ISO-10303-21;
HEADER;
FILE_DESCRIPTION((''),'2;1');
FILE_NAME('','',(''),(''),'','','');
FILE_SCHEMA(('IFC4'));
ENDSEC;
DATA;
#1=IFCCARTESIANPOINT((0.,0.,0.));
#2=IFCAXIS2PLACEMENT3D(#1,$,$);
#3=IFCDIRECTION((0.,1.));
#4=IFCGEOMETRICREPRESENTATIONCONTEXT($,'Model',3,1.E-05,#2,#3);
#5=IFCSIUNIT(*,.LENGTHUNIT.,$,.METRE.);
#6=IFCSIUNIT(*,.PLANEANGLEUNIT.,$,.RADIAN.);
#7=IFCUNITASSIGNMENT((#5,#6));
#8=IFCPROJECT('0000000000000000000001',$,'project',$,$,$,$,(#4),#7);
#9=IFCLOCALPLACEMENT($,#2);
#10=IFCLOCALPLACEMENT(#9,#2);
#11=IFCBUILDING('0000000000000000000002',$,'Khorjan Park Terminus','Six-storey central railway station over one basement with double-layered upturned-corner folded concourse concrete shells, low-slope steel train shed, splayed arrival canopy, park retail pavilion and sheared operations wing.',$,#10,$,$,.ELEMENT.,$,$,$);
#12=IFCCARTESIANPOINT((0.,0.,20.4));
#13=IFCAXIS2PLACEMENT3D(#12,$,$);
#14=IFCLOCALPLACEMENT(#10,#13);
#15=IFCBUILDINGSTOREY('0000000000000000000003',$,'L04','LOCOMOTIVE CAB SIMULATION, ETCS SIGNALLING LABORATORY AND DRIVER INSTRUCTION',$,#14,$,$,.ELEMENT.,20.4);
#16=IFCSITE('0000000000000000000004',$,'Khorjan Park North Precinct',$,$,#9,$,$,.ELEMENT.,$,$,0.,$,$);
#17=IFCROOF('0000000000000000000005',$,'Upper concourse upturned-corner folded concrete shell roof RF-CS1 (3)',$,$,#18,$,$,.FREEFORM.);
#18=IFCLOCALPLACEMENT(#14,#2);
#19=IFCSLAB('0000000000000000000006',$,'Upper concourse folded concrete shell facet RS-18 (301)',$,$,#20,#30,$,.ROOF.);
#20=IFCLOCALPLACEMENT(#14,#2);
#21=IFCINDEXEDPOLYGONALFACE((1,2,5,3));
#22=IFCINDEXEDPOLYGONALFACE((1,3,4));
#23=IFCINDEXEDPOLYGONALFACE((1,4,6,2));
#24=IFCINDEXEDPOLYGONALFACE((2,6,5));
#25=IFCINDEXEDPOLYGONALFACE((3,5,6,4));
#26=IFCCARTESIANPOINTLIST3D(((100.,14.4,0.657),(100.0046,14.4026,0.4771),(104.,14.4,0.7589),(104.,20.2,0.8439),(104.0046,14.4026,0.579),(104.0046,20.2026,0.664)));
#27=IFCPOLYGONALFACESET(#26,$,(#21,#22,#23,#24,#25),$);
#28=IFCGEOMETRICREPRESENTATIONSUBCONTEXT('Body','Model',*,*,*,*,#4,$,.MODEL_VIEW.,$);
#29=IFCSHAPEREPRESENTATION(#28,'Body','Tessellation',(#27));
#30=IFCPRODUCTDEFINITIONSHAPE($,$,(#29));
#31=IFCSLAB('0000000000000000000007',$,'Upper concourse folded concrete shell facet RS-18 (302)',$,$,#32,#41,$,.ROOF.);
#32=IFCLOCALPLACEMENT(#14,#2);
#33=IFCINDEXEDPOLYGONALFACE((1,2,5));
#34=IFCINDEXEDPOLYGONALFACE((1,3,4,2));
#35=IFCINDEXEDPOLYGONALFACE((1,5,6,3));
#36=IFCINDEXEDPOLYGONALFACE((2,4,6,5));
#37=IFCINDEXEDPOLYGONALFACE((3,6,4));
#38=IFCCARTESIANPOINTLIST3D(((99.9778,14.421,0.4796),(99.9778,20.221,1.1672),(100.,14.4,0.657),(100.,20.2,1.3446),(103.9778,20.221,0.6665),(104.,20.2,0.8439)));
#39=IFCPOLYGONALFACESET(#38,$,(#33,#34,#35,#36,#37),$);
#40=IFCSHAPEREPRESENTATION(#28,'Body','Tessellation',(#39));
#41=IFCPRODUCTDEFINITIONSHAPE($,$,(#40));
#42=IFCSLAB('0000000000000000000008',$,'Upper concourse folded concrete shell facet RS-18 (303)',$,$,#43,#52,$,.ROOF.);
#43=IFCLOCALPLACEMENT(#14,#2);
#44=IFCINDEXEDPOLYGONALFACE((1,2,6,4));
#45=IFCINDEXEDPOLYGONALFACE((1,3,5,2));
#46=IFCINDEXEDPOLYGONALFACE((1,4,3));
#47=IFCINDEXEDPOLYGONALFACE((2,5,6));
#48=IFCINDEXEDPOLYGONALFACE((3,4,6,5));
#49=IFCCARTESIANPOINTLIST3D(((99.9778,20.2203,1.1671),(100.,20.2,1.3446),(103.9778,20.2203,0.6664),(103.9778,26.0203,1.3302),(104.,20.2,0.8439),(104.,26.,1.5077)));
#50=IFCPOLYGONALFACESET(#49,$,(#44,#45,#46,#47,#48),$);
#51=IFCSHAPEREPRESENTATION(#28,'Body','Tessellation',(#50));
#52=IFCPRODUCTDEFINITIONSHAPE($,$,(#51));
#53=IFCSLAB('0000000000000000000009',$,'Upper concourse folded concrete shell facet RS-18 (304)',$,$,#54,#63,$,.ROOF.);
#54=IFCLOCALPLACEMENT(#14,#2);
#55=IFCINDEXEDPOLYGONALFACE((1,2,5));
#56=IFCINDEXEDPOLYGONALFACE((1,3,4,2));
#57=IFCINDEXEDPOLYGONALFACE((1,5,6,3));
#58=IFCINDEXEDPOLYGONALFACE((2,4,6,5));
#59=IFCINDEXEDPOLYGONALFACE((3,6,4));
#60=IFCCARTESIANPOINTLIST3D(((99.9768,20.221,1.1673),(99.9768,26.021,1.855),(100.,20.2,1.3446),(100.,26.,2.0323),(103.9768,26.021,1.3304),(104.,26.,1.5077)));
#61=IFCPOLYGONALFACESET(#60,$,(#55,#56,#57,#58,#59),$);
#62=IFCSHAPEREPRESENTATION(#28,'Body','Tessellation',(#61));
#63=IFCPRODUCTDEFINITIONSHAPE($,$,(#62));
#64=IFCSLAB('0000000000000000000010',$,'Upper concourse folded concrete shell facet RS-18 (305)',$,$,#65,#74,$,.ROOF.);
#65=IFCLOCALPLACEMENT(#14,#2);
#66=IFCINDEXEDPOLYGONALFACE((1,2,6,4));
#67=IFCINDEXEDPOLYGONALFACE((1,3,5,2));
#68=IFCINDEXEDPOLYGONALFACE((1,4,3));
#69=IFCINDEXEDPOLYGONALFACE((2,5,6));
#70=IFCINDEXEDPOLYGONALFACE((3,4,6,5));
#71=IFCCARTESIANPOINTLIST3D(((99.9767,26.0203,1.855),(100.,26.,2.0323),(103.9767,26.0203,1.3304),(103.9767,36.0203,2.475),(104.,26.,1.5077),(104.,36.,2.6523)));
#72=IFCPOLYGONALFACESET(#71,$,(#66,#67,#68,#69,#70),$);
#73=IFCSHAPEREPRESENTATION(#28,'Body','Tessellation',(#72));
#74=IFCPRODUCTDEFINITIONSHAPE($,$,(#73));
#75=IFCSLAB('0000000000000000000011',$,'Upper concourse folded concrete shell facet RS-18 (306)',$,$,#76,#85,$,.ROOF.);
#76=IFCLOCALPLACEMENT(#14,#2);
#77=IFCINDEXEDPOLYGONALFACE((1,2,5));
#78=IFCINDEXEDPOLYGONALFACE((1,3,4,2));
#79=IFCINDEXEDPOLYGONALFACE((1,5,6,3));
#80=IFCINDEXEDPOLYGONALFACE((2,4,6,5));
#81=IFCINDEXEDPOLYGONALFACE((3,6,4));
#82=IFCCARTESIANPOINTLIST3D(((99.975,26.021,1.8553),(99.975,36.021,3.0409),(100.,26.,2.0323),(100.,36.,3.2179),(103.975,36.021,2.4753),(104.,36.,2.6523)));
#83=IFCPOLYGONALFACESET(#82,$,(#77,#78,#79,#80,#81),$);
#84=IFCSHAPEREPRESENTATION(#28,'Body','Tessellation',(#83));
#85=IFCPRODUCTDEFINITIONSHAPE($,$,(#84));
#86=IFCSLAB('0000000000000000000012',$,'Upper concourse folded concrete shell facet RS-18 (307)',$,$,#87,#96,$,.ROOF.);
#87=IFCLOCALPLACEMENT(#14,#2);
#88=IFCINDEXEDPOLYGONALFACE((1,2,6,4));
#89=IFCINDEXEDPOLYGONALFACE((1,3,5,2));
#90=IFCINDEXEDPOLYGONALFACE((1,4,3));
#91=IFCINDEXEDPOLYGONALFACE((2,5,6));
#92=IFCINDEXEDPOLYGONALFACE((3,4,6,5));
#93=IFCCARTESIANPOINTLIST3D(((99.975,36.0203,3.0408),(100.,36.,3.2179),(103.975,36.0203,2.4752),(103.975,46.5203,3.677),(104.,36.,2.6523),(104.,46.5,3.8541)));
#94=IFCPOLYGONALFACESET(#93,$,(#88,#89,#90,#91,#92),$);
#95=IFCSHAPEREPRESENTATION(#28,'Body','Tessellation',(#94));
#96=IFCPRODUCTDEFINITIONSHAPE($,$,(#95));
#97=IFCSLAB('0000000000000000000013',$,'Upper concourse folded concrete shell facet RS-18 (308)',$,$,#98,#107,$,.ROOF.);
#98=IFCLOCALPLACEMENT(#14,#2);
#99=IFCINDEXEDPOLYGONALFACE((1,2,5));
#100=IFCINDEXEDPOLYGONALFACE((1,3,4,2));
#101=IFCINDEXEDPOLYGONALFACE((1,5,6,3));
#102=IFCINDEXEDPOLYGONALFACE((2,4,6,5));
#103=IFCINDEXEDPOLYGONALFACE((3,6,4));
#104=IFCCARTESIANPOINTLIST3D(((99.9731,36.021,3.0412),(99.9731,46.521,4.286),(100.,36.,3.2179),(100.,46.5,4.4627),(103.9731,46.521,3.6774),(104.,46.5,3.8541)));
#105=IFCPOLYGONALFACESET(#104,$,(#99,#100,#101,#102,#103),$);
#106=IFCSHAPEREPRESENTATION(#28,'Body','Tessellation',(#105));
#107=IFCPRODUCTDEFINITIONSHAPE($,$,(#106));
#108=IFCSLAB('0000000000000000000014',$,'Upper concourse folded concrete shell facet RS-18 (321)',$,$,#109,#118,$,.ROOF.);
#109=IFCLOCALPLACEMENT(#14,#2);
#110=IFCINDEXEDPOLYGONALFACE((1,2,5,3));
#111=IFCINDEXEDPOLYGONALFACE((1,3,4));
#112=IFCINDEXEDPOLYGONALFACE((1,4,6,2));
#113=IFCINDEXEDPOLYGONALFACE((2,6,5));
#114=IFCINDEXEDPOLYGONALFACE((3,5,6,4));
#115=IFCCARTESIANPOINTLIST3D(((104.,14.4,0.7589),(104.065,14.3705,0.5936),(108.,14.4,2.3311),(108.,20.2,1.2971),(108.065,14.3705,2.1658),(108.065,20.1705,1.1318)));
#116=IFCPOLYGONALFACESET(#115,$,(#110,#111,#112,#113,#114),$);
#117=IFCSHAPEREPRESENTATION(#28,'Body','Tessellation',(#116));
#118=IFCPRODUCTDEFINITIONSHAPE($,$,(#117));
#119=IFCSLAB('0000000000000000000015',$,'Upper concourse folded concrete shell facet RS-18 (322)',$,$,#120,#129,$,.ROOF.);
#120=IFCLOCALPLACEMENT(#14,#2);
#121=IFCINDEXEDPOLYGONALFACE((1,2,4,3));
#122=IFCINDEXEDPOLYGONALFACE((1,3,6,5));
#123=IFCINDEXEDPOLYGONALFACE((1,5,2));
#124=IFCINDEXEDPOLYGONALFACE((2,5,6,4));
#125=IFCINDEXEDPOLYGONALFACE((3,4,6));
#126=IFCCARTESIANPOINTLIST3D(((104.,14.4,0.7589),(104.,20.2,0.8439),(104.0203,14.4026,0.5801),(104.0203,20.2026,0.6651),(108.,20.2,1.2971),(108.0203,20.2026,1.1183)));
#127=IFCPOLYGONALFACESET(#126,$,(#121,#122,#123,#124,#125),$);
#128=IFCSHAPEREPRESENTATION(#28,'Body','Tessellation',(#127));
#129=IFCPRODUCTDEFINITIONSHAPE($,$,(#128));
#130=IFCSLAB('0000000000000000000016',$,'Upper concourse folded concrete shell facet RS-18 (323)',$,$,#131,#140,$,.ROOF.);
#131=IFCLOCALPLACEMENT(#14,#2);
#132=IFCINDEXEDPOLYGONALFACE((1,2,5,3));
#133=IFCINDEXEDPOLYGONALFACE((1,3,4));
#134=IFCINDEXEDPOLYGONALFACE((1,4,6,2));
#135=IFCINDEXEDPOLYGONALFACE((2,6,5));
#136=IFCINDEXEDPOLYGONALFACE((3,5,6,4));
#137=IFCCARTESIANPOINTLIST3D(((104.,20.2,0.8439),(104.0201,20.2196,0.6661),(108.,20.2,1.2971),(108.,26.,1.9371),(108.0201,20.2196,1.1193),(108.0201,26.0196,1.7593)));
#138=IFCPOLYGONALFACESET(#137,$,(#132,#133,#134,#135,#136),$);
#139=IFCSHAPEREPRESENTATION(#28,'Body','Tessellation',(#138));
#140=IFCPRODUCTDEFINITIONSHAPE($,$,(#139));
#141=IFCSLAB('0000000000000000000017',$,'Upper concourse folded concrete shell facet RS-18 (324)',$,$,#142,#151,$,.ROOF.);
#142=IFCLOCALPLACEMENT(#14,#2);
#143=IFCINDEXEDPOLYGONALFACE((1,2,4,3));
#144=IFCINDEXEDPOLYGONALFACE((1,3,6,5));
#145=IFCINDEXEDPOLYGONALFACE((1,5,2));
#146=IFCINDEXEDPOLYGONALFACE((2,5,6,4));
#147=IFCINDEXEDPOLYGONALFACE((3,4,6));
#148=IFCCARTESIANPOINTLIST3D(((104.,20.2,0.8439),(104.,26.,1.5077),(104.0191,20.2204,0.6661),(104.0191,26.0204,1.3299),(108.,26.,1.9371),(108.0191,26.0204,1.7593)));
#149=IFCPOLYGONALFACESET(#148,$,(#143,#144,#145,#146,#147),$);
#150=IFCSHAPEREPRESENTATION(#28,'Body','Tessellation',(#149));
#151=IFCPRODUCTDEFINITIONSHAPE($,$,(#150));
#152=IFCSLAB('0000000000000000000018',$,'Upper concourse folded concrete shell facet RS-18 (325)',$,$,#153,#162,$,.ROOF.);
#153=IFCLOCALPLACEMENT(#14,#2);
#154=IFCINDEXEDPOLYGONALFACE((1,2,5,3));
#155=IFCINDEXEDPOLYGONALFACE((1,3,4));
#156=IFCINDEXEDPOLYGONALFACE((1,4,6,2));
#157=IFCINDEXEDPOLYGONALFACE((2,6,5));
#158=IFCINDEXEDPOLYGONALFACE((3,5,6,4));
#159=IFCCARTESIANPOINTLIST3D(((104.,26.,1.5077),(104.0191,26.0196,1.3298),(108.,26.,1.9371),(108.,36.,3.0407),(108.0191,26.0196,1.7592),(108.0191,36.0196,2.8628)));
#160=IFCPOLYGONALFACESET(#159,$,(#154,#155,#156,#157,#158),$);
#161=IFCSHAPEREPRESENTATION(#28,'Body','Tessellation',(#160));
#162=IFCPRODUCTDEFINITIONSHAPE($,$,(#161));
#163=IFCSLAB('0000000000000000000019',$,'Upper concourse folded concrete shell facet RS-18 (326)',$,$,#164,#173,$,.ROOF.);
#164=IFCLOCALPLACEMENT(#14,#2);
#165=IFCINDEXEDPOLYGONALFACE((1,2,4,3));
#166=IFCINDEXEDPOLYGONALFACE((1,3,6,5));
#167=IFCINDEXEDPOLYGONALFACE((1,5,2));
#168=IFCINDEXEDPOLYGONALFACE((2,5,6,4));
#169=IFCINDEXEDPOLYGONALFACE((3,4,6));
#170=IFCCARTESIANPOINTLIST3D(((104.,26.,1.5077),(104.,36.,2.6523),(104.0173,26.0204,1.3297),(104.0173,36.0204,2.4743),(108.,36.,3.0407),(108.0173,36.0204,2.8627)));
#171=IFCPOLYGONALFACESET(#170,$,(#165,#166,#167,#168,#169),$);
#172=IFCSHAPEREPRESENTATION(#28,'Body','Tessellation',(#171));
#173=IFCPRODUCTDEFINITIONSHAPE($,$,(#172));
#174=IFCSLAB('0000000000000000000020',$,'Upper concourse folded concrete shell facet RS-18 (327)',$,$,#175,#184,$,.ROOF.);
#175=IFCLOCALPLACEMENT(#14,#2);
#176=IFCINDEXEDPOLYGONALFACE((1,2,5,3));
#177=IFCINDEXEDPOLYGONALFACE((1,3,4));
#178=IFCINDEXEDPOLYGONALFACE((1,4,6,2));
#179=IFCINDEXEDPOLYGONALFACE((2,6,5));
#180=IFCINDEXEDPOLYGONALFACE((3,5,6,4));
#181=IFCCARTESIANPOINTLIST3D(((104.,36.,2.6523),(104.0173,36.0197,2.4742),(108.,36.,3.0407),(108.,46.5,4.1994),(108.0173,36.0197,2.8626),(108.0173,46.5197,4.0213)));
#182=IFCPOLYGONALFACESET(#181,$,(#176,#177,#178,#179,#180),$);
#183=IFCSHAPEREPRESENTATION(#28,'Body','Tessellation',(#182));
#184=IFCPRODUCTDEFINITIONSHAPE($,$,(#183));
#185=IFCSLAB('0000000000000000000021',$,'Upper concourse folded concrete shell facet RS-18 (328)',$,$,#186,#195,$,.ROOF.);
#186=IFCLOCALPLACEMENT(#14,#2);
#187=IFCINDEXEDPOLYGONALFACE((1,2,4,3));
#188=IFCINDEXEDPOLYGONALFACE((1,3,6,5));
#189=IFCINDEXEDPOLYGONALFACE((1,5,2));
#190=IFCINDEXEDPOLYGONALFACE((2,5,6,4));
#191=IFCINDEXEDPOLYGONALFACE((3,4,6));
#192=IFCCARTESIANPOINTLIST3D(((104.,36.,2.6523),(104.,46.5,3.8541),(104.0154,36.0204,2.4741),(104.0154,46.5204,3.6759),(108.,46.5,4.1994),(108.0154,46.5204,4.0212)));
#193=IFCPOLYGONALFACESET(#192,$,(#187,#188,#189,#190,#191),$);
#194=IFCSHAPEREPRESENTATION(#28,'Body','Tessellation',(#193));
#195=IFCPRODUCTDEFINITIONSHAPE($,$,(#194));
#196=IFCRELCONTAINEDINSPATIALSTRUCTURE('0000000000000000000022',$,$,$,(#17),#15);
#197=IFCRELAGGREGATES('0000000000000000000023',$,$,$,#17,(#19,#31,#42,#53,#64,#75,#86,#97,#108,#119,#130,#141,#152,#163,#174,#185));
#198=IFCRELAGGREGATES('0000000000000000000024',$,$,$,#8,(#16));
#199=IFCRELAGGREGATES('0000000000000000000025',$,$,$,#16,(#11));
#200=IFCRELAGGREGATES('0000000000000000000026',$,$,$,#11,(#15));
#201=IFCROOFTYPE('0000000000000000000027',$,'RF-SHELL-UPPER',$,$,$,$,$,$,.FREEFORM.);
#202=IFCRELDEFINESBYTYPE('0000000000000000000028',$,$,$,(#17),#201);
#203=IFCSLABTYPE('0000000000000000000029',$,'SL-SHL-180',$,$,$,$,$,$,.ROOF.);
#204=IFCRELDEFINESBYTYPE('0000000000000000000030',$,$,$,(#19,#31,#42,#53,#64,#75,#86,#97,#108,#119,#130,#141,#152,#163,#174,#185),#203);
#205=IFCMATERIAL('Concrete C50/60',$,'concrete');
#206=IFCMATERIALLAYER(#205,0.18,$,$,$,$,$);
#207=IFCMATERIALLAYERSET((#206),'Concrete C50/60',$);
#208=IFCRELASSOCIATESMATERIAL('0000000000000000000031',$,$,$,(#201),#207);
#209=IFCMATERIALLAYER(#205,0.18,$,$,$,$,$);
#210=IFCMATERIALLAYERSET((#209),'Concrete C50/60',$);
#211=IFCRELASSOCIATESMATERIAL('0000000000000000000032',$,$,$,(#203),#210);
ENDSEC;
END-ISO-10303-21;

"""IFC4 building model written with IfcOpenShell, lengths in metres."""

from ifc_helpers import new_model, si_unit, direction, frame, origin, place, context, subcontext, project, spatial, polyline, outline, extrude, material, layer, layer_set, type_object, element, aggregate, save


model = new_model("IFC4")

# Units and contexts
model_context = context("Model", 3, precision=1e-05, world=origin(), true_north=direction((0.0, 1.0)))
body_context = subcontext(model_context, "Body", "Model", "MODEL_VIEW")
ifc_project = project(units=[si_unit("LENGTHUNIT", "METRE"), si_unit("PLANEANGLEUNIT", "RADIAN")], contexts=[model_context])

# Site, building, storey
site_placement = place(None, origin())
site = spatial("IfcSite", under=ifc_project, at=site_placement, Name="Khorjan Park North Precinct", CompositionType="ELEMENT", RefElevation=0.0)
building_placement = place(site_placement, origin())
building = spatial("IfcBuilding", under=site, at=building_placement, Name="Khorjan Park Terminus", Description="Six-storey central railway station over one basement with double-layered upturned-corner folded concourse concrete shells, low-slope steel train shed, splayed arrival canopy, park retail pavilion and sheared operations wing.", CompositionType="ELEMENT")
storey_placement = place(building_placement, frame((0.0, 0.0, 20.4)))
storey = spatial("IfcBuildingStorey", under=building, at=storey_placement, Name="L04", Description="LOCOMOTIVE CAB SIMULATION, ETCS SIGNALLING LABORATORY AND DRIVER INSTRUCTION", CompositionType="ELEMENT", Elevation=20.4)

# Roof, slabs
ifc_material = material(Name="Concrete C50/60", Category="concrete")
ifc_layer_1 = layer(ifc_material, 0.18)
ifc_layer_set_1 = layer_set([ifc_layer_1], Name="Concrete C50/60")
roof_type = type_object("IfcRoofType", Name="RF-SHELL-UPPER", PredefinedType="FREEFORM", material=ifc_layer_set_1)
roof_placement = place(storey_placement, origin())
roof = element("IfcRoof", 1, at=roof_placement, inside=storey, type_object=roof_type, Name="Upper concourse upturned-corner folded concrete shell roof RF-CS1 (3)", PredefinedType="FREEFORM")
ifc_layer_2 = layer(ifc_material, 0.18)
ifc_layer_set_2 = layer_set([ifc_layer_2], Name="Concrete C50/60")
slab_type = type_object("IfcSlabType", Name="SL-SHL-180", PredefinedType="ROOF", material=ifc_layer_set_2)
slab_1_placement = place(storey_placement, frame((100.0, 14.4, 0.657), z_axis=(-0.025464, -0.014649, 0.999568), x_axis=(0.999676, 0.0, 0.025467)))
slab_1 = element("IfcSlab", 2, at=slab_1_placement, type_object=slab_type, Name="Upper concourse folded concrete shell facet RS-18 (301)", PredefinedType="ROOF", context=body_context, shape_type="SweptSolid", body=[
    extrude(outline(polyline([(0.0, 0.0), (4.0013, 0.0), (4.0035, 5.8006), (0.0, 0.0)])), origin(), (0.0, 0.0, -1.0), 0.18),
])
slab_2_placement = place(storey_placement, frame((100.0, 14.4, 0.657), z_axis=(0.123355, -0.116828, 0.985462), x_axis=(0.567533, 0.822923, 0.026518)))
slab_2 = element("IfcSlab", 3, at=slab_2_placement, type_object=slab_type, Name="Upper concourse folded concrete shell facet RS-18 (302)", PredefinedType="ROOF", context=body_context, shape_type="SweptSolid", body=[
    extrude(outline(polyline([(0.0, 0.0), (7.048, 0.0), (4.7912, 3.3403), (0.0, 0.0)])), origin(), (0.0, 0.0, -1.0), 0.18),
])
slab_3_placement = place(storey_placement, frame((100.0, 20.2, 1.3446), z_axis=(0.123412, -0.112837, 0.985919), x_axis=(0.992256, 0.0, -0.124206)))
slab_3 = element("IfcSlab", 4, at=slab_3_placement, type_object=slab_type, Name="Upper concourse folded concrete shell facet RS-18 (303)", PredefinedType="ROOF", context=body_context, shape_type="SweptSolid", body=[
    extrude(outline(polyline([(0.0, 0.0), (4.0312, 0.0), (3.9488, 5.8373), (0.0, 0.0)])), origin(), (0.0, 0.0, -1.0), 0.18),
])
slab_4_placement = place(storey_placement, frame((100.0, 20.2, 1.3446), z_axis=(0.129147, -0.116758, 0.984728), x_axis=(0.567581, 0.822992, 0.023143)))
slab_4 = element("IfcSlab", 5, at=slab_4_placement, type_object=slab_type, Name="Upper concourse folded concrete shell facet RS-18 (304)", PredefinedType="ROOF", context=body_context, shape_type="SweptSolid", body=[
    extrude(outline(polyline([(0.0, 0.0), (7.0475, 0.0), (4.7893, 3.343), (0.0, 0.0)])), origin(), (0.0, 0.0, -1.0), 0.18),
])
slab_5_placement = place(storey_placement, frame((100.0, 26.0, 2.0323), z_axis=(0.129207, -0.112764, 0.985185), x_axis=(0.991509, 0.0, -0.130036)))
slab_5 = element("IfcSlab", 6, at=slab_5_placement, type_object=slab_type, Name="Upper concourse folded concrete shell facet RS-18 (305)", PredefinedType="ROOF", context=body_context, shape_type="SweptSolid", body=[
    extrude(outline(polyline([(0.0, 0.0), (4.0343, 0.0), (3.8854, 10.0642), (0.0, 0.0)])), origin(), (0.0, 0.0, -1.0), 0.18),
])
slab_6_placement = place(storey_placement, frame((100.0, 26.0, 2.0323), z_axis=(0.139052, -0.116592, 0.983398), x_axis=(0.370777, 0.926942, 0.05747)))
slab_6 = element("IfcSlab", 7, at=slab_6_placement, type_object=slab_type, Name="Upper concourse folded concrete shell facet RS-18 (306)", PredefinedType="ROOF", context=body_context, shape_type="SweptSolid", body=[
    extrude(outline(polyline([(0.0, 0.0), (10.7882, 0.0), (9.3376, 3.7704), (0.0, 0.0)])), origin(), (0.0, 0.0, -1.0), 0.18),
])
slab_7_placement = place(storey_placement, frame((100.0, 36.0, 3.2179), z_axis=(0.139117, -0.112609, 0.983853), x_axis=(0.99015, 0.0, -0.140007)))
slab_7 = element("IfcSlab", 8, at=slab_7_placement, type_object=slab_type, Name="Upper concourse folded concrete shell facet RS-18 (307)", PredefinedType="ROOF", context=body_context, shape_type="SweptSolid", body=[
    extrude(outline(polyline([(0.0, 0.0), (4.0398, 0.0), (3.8715, 10.5672), (0.0, 0.0)])), origin(), (0.0, 0.0, -1.0), 0.18),
])
slab_8_placement = place(storey_placement, frame((100.0, 36.0, 3.2179), z_axis=(0.149396, -0.116407, 0.981901), x_axis=(0.355426, 0.932993, 0.056531)))
slab_8 = element("IfcSlab", 9, at=slab_8_placement, type_object=slab_type, Name="Upper concourse folded concrete shell facet RS-18 (308)", PredefinedType="ROOF", context=body_context, shape_type="SweptSolid", body=[
    extrude(outline(polyline([(0.0, 0.0), (11.2541, 0.0), (9.8668, 3.8008), (0.0, 0.0)])), origin(), (0.0, 0.0, -1.0), 0.18),
])
slab_9_placement = place(storey_placement, frame((104.0, 14.4, 0.7589), z_axis=(-0.360874, 0.163682, 0.918138), x_axis=(0.93069, 0.0, 0.365808)))
slab_9 = element("IfcSlab", 10, at=slab_9_placement, type_object=slab_type, Name="Upper concourse folded concrete shell facet RS-18 (321)", PredefinedType="ROOF", context=body_context, shape_type="SweptSolid", body=[
    extrude(outline(polyline([(0.0, 0.0), (4.2979, 0.0), (3.9196, 5.8793), (0.0, 0.0)])), origin(), (0.0, 0.0, -1.0), 0.18),
])
slab_10_placement = place(storey_placement, frame((104.0, 14.4, 0.7589), z_axis=(-0.112568, -0.01456, 0.993537), x_axis=(0.566084, 0.820821, 0.076167)))
slab_10 = element("IfcSlab", 11, at=slab_10_placement, type_object=slab_type, Name="Upper concourse folded concrete shell facet RS-18 (322)", PredefinedType="ROOF", context=body_context, shape_type="SweptSolid", body=[
    extrude(outline(polyline([(0.0, 0.0), (7.0661, 0.0), (4.7672, 3.3046), (0.0, 0.0)])), origin(), (0.0, 0.0, -1.0), 0.18),
])
slab_11_placement = place(storey_placement, frame((104.0, 20.2, 0.8439), z_axis=(-0.111909, -0.10899, 0.987723), x_axis=(0.993643, 0.0, 0.11258)))
slab_11 = element("IfcSlab", 12, at=slab_11_placement, type_object=slab_type, Name="Upper concourse folded concrete shell facet RS-18 (323)", PredefinedType="ROOF", context=body_context, shape_type="SweptSolid", body=[
    extrude(outline(polyline([(0.0, 0.0), (4.0256, 0.0), (4.0976, 5.8348), (0.0, 0.0)])), origin(), (0.0, 0.0, -1.0), 0.18),
])
slab_12_placement = place(storey_placement, frame((104.0, 20.2, 0.8439), z_axis=(-0.106052, -0.113065, 0.987912), x_axis=(0.56102, 0.813479, 0.153327)))
slab_12 = element("IfcSlab", 13, at=slab_12_placement, type_object=slab_type, Name="Upper concourse folded concrete shell facet RS-18 (324)", PredefinedType="ROOF", context=body_context, shape_type="SweptSolid", body=[
    extrude(outline(polyline([(0.0, 0.0), (7.1299, 0.0), (4.82, 3.2937), (0.0, 0.0)])), origin(), (0.0, 0.0, -1.0), 0.18),
])
slab_13_placement = place(storey_placement, frame((104.0, 26.0, 1.5077), z_axis=(-0.1061, -0.109075, 0.988355), x_axis=(0.994287, 0.0, 0.106737)))
slab_13 = element("IfcSlab", 14, at=slab_13_placement, type_object=slab_type, Name="Upper concourse folded concrete shell facet RS-18 (325)", PredefinedType="ROOF", context=body_context, shape_type="SweptSolid", body=[
    extrude(outline(polyline([(0.0, 0.0), (4.023, 0.0), (4.1408, 10.06), (0.0, 0.0)])), origin(), (0.0, 0.0, -1.0), 0.18),
])
slab_14_placement = place(storey_placement, frame((104.0, 26.0, 1.5077), z_axis=(-0.096024, -0.113192, 0.988922), x_axis=(0.367685, 0.919212, 0.140915)))
slab_14 = element("IfcSlab", 15, at=slab_14_placement, type_object=slab_type, Name="Upper concourse folded concrete shell facet RS-18 (326)", PredefinedType="ROOF", context=body_context, shape_type="SweptSolid", body=[
    extrude(outline(polyline([(0.0, 0.0), (10.8789, 0.0), (9.3534, 3.718), (0.0, 0.0)])), origin(), (0.0, 0.0, -1.0), 0.18),
])
slab_15_placement = place(storey_placement, frame((104.0, 36.0, 2.6523), z_axis=(-0.096068, -0.109179, 0.989369), x_axis=(0.995319, 0.0, 0.096645)))
slab_15 = element("IfcSlab", 16, at=slab_15_placement, type_object=slab_type, Name="Upper concourse folded concrete shell facet RS-18 (327)", PredefinedType="ROOF", context=body_context, shape_type="SweptSolid", body=[
    extrude(outline(polyline([(0.0, 0.0), (4.0188, 0.0), (4.1308, 10.5631), (0.0, 0.0)])), origin(), (0.0, 0.0, -1.0), 0.18),
])
slab_16_placement = place(storey_placement, frame((104.0, 36.0, 2.6523), z_axis=(-0.085451, -0.113299, 0.98988), x_axis=(0.352668, 0.925753, 0.136403)))
slab_16 = element("IfcSlab", 17, at=slab_16_placement, type_object=slab_type, Name="Upper concourse folded concrete shell facet RS-18 (328)", PredefinedType="ROOF", context=body_context, shape_type="SweptSolid", body=[
    extrude(outline(polyline([(0.0, 0.0), (11.3421, 0.0), (9.8843, 3.7409), (0.0, 0.0)])), origin(), (0.0, 0.0, -1.0), 0.18),
])
aggregate(roof, [slab_1, slab_2, slab_3, slab_4, slab_5, slab_6, slab_7, slab_8, slab_9, slab_10, slab_11, slab_12, slab_13, slab_14, slab_15, slab_16])

save(model, "model.ifc")
